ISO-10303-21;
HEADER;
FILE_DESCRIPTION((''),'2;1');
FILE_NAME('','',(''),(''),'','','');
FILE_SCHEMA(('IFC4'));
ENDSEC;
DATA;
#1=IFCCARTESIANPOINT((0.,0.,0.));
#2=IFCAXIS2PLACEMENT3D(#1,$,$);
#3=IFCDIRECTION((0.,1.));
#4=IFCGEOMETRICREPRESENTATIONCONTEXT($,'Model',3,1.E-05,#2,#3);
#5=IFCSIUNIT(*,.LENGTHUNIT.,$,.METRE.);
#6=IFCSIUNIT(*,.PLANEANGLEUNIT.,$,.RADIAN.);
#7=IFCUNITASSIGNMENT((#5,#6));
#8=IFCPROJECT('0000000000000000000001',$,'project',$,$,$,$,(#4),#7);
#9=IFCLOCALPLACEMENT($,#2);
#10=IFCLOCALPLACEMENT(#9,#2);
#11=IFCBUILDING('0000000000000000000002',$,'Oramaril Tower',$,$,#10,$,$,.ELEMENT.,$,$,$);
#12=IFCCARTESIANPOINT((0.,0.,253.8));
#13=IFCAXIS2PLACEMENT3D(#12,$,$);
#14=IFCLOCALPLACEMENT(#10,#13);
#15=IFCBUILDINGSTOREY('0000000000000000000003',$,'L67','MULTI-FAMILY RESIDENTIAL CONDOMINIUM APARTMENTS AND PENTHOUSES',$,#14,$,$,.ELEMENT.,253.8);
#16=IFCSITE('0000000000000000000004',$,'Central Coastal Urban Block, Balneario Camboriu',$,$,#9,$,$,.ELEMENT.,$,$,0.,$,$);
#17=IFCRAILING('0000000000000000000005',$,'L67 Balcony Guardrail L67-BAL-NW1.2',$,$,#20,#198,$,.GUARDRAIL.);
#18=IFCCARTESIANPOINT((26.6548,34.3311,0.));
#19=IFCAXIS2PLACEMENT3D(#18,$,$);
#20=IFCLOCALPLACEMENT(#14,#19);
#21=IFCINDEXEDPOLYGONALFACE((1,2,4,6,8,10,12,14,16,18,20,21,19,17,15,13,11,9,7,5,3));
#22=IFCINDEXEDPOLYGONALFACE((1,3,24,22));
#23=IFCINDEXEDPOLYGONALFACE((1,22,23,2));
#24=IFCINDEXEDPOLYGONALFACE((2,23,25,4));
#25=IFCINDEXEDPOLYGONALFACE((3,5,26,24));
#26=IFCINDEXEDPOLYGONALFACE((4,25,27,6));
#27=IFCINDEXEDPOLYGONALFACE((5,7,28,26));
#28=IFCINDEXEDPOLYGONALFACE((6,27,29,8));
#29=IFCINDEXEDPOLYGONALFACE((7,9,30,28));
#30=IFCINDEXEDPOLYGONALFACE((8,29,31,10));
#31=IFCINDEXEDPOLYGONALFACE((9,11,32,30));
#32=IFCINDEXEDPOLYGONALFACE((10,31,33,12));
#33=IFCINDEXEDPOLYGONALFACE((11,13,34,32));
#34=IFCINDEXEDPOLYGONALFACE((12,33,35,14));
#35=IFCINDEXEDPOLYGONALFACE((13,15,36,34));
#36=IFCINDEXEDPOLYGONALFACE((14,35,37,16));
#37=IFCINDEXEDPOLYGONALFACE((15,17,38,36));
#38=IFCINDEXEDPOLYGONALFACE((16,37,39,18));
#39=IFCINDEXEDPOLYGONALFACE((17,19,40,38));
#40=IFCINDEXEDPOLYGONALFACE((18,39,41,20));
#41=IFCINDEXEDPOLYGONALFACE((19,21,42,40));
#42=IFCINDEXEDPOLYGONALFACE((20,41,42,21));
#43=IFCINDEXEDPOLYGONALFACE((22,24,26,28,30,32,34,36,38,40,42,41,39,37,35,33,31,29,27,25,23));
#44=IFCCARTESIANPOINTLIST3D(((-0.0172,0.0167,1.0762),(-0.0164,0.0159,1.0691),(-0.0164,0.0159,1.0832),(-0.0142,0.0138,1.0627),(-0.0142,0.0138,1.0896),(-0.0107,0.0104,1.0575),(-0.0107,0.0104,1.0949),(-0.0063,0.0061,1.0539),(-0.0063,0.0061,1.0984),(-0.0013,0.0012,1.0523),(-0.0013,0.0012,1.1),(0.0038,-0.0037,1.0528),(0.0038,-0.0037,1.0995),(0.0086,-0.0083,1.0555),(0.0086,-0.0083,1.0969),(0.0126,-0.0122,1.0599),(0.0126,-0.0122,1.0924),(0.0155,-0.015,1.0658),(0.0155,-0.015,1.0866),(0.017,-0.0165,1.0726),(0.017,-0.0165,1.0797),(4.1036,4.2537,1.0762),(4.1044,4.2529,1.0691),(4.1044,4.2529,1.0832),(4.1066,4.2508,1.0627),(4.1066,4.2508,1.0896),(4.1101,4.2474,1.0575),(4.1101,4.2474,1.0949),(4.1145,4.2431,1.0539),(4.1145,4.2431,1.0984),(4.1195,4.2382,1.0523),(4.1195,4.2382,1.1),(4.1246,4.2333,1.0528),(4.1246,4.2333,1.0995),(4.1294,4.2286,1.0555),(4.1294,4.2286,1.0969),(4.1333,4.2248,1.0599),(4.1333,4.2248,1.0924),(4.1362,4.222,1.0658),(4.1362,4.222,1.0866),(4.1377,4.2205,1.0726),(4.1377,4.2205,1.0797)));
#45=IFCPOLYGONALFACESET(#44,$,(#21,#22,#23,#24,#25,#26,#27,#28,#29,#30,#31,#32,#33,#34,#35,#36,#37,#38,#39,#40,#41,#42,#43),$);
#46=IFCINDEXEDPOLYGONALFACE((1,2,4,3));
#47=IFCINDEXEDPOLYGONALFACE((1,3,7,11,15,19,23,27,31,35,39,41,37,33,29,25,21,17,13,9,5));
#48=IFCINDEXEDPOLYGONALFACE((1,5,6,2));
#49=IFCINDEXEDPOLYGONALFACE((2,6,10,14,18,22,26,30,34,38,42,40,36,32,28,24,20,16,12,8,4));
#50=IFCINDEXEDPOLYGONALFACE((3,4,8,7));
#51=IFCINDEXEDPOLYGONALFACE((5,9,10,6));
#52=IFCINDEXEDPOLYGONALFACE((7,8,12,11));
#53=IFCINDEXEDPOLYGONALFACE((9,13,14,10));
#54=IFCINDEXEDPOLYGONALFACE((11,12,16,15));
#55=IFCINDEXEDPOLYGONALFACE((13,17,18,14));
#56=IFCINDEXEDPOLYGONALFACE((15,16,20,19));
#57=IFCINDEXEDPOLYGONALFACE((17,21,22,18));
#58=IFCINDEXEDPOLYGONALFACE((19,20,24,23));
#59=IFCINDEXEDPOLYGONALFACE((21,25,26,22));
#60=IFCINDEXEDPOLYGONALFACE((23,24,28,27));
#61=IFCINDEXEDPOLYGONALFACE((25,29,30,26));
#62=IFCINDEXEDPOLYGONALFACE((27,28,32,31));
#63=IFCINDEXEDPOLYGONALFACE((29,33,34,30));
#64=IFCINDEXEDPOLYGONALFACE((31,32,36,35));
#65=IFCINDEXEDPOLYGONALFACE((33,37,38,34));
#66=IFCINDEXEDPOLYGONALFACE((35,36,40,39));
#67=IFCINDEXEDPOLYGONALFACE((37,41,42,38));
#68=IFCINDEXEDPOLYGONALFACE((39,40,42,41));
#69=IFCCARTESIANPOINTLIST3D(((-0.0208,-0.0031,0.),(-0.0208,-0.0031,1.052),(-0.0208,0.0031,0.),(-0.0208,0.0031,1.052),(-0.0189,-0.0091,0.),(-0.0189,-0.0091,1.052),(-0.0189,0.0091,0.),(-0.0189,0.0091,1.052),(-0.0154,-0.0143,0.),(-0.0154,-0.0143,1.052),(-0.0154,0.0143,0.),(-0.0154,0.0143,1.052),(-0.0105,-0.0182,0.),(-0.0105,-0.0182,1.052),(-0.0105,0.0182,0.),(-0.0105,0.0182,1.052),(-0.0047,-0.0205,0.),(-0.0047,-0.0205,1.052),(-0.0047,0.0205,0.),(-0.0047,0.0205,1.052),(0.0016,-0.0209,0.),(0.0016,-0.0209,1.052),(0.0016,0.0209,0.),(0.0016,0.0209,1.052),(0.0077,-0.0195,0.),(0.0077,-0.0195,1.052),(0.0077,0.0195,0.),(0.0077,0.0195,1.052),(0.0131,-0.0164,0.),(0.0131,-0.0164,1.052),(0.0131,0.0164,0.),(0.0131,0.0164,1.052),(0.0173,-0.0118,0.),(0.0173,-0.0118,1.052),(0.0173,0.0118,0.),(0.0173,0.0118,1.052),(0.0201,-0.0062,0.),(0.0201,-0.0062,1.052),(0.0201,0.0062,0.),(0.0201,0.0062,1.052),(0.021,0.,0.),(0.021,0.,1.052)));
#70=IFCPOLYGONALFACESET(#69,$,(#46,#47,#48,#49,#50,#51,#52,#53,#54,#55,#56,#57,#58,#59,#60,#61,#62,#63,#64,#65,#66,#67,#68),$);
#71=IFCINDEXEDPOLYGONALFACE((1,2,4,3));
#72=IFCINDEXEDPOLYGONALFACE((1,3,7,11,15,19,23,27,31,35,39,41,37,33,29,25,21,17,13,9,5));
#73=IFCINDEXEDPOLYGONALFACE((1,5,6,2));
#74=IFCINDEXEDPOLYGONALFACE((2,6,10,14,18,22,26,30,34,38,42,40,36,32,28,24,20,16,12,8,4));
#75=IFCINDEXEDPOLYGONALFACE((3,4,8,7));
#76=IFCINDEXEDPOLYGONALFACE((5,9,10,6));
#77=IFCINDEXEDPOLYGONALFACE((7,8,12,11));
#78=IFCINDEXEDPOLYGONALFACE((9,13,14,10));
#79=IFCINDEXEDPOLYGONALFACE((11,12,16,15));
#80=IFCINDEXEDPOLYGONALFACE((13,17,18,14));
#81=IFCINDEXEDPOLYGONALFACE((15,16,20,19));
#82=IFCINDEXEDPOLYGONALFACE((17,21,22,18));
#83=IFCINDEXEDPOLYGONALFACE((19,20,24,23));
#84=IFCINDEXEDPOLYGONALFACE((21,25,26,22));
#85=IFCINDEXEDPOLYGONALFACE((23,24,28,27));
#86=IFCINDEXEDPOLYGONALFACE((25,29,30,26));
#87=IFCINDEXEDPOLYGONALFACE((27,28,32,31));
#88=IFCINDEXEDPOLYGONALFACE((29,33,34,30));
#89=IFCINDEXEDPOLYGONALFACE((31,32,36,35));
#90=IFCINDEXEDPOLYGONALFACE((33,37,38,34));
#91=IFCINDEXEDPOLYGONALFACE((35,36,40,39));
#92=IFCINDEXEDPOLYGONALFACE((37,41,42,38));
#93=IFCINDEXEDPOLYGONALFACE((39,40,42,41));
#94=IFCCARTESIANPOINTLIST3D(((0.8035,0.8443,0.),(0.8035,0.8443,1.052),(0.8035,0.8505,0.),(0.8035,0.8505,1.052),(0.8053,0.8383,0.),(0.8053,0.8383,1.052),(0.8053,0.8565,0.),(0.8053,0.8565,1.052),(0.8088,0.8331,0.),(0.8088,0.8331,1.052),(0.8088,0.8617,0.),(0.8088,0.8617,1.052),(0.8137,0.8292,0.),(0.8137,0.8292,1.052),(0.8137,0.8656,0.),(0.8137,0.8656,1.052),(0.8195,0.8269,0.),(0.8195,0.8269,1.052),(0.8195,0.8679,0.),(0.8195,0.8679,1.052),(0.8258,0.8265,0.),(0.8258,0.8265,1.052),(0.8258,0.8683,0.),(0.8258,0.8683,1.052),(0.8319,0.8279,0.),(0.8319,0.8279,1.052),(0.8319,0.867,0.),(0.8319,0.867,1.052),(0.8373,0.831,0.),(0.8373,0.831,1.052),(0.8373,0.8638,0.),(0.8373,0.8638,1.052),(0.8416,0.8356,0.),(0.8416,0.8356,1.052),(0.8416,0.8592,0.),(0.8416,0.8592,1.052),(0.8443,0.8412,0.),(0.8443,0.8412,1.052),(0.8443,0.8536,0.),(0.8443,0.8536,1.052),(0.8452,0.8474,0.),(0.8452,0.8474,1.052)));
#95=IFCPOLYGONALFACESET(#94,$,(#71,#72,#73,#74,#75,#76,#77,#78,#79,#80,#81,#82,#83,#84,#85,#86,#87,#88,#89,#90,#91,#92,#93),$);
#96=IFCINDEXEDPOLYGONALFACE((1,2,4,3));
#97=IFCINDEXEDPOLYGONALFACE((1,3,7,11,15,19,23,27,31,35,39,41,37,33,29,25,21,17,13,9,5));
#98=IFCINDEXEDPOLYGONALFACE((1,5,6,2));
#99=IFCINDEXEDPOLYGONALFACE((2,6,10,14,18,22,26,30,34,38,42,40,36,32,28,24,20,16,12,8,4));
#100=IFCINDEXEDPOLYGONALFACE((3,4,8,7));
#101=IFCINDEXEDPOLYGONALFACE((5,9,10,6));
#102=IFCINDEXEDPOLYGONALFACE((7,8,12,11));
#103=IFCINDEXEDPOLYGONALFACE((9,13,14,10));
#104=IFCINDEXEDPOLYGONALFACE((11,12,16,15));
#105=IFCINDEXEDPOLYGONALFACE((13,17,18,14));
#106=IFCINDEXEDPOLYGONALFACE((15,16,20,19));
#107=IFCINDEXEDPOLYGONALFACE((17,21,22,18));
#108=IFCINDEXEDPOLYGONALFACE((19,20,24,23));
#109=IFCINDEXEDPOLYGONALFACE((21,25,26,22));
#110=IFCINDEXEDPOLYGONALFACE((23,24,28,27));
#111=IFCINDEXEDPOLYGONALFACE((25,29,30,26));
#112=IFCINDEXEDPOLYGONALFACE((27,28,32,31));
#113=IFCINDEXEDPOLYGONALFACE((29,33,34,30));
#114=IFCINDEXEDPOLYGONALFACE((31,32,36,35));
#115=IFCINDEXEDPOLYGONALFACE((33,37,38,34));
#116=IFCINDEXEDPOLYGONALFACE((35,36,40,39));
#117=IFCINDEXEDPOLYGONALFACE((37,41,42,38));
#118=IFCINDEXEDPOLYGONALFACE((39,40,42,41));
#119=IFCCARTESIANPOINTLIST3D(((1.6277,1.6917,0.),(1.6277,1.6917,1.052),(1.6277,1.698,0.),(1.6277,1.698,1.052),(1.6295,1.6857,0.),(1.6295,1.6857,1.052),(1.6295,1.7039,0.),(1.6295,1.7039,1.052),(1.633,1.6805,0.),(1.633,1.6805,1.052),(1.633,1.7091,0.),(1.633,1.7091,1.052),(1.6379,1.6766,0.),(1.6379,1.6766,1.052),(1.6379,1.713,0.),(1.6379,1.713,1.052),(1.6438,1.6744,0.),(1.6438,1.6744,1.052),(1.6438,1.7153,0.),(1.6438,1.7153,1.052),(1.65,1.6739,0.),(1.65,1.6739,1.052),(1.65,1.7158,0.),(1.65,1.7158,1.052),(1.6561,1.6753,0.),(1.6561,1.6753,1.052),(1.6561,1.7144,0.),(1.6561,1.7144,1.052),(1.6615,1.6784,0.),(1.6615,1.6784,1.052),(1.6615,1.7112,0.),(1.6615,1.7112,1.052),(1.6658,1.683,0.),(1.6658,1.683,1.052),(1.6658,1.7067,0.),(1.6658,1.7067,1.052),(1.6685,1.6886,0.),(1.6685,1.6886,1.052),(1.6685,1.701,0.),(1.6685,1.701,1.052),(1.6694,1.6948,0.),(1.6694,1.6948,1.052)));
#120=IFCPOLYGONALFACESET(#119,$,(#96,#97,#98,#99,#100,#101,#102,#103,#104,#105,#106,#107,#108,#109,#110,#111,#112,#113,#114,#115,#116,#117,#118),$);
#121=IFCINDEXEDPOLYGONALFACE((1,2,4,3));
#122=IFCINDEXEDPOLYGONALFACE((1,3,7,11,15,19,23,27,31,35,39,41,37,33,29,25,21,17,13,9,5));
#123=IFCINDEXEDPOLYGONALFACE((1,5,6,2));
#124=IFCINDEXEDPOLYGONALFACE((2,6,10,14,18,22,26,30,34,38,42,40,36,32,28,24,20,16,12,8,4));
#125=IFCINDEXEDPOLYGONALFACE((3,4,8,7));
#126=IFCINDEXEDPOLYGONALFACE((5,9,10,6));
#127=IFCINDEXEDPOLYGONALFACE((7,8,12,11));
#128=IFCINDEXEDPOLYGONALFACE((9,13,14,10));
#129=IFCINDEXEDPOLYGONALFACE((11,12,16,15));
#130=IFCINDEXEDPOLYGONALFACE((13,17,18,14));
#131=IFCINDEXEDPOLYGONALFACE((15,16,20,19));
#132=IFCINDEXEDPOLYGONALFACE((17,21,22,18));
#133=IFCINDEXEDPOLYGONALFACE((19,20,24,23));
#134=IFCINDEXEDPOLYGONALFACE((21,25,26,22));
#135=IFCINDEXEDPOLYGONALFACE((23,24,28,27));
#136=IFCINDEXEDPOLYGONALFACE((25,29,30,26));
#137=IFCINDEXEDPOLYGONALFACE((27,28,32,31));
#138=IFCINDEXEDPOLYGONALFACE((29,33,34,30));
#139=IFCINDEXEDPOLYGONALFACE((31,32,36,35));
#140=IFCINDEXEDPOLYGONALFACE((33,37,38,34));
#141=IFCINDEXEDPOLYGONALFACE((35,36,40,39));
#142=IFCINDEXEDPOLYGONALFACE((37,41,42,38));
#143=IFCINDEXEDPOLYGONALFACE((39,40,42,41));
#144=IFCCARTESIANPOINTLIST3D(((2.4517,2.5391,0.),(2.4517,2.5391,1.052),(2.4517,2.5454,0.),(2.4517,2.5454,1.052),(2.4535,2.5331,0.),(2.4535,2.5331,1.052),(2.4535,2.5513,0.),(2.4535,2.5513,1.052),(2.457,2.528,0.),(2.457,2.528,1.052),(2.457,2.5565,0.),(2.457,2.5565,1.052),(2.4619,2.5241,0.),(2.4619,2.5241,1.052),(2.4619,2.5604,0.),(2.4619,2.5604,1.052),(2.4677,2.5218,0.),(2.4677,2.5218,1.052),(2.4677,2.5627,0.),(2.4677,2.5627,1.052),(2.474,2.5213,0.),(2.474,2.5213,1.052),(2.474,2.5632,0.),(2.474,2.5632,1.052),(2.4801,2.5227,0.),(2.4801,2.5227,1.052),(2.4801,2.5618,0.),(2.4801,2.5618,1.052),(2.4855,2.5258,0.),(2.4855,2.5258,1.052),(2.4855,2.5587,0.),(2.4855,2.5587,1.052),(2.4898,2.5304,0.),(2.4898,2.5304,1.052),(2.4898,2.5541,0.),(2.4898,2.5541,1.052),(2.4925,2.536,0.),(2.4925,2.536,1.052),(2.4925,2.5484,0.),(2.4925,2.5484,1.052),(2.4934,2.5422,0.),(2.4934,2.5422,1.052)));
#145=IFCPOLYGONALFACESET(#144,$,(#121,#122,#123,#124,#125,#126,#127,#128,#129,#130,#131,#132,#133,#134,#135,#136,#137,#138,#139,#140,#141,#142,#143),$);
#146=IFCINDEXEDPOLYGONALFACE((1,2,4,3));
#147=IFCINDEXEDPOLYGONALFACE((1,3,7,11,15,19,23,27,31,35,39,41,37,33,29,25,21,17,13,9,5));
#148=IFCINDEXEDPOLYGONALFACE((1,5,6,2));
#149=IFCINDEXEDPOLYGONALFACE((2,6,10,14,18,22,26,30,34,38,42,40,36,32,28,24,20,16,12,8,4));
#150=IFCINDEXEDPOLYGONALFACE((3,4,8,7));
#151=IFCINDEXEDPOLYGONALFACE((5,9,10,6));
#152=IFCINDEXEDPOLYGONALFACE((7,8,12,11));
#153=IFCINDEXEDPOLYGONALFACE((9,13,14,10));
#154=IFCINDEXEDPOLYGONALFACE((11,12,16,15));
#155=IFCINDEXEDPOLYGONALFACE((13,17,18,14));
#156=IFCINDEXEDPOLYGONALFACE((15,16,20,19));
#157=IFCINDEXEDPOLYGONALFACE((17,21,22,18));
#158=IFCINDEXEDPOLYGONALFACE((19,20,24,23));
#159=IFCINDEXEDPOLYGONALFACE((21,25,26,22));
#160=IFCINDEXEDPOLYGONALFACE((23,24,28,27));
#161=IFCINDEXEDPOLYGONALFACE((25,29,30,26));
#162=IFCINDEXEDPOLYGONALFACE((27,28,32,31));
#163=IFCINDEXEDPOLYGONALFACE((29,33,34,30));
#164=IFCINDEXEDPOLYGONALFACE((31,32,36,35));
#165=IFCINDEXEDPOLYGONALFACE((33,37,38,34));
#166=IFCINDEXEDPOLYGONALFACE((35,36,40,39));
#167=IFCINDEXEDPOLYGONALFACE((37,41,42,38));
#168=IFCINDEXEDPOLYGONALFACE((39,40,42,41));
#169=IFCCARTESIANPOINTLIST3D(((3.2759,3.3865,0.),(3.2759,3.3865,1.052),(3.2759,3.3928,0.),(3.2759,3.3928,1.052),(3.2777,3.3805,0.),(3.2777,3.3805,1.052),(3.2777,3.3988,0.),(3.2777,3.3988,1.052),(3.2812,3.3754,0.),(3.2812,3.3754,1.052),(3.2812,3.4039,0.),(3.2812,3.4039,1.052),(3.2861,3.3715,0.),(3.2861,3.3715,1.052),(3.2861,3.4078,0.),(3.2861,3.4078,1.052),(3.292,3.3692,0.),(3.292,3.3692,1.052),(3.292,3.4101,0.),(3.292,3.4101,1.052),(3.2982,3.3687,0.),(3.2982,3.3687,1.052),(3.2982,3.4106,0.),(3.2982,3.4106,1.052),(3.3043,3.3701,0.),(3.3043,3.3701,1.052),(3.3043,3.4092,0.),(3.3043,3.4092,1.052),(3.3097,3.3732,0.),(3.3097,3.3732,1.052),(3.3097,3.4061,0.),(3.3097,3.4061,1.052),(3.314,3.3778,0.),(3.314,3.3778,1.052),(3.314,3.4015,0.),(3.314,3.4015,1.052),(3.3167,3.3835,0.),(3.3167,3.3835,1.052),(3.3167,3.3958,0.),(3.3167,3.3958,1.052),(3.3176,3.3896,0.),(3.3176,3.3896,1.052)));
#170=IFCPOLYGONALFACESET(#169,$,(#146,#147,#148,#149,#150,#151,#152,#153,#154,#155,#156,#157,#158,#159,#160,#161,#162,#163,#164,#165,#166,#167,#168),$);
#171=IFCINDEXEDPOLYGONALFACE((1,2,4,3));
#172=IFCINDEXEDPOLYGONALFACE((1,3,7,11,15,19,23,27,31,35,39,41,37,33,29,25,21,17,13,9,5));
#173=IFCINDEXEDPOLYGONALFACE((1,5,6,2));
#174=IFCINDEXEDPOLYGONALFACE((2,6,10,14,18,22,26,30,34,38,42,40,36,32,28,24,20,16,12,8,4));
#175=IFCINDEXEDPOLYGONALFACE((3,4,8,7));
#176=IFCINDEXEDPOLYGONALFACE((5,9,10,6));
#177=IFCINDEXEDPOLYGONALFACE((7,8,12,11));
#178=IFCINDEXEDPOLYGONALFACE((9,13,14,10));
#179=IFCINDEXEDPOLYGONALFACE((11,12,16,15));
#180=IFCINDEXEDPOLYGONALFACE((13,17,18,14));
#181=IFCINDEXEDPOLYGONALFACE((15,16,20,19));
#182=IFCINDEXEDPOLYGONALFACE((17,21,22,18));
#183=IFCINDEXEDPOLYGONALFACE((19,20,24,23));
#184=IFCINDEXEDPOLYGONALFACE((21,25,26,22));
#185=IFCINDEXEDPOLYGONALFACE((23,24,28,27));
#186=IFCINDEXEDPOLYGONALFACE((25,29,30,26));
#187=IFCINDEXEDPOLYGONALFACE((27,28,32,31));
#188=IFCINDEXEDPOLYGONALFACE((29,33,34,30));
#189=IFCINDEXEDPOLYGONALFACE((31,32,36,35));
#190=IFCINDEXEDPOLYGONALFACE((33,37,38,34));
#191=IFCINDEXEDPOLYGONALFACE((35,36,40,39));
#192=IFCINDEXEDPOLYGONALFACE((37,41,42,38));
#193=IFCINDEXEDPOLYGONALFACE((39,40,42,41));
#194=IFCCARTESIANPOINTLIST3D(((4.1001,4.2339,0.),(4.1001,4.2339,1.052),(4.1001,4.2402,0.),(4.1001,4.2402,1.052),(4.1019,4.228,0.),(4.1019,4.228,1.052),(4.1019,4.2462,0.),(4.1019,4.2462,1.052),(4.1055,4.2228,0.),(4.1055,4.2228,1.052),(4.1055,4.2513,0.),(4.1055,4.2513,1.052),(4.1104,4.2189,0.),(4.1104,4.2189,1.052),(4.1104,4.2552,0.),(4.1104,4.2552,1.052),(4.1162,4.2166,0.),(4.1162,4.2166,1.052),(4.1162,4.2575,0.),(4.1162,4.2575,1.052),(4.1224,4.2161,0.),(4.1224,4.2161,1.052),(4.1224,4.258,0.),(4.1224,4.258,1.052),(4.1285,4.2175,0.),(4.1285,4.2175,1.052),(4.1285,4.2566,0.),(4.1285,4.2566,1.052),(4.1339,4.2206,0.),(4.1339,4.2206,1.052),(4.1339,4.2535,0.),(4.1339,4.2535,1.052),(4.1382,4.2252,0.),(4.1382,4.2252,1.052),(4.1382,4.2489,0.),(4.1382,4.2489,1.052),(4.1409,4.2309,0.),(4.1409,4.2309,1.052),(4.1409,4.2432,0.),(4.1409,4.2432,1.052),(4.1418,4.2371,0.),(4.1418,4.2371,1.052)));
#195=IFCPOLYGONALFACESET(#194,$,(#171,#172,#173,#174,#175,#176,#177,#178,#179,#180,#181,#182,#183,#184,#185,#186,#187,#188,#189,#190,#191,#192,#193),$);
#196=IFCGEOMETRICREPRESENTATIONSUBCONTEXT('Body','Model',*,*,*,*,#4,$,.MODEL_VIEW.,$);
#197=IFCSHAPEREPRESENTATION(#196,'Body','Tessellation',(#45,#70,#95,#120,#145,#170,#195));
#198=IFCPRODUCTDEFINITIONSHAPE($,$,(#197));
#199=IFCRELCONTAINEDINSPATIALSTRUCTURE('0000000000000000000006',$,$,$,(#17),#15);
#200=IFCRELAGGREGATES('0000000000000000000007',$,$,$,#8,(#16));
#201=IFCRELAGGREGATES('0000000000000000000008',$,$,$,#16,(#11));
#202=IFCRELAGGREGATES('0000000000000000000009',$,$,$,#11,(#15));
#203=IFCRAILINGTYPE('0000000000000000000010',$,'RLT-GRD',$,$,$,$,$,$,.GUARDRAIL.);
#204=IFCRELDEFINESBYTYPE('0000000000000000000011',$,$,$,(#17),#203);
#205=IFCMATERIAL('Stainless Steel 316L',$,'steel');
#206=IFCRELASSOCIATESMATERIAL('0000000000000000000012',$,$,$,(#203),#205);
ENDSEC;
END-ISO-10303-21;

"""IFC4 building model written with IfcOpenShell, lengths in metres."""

from ifc_helpers import new_model, si_unit, direction, frame, origin, origin_2d, place, context, subcontext, project, spatial, circle, extrude, material, type_object, element, save


model = new_model("IFC4")

# Units and contexts
model_context = context("Model", 3, precision=1e-05, world=origin(), true_north=direction((0.0, 1.0)))
body_context = subcontext(model_context, "Body", "Model", "MODEL_VIEW")
ifc_project = project(units=[si_unit("LENGTHUNIT", "METRE"), si_unit("PLANEANGLEUNIT", "RADIAN")], contexts=[model_context])

# Site, building, storey
site_placement = place(None, origin())
site = spatial("IfcSite", under=ifc_project, at=site_placement, Name="Central Coastal Urban Block, Balneario Camboriu", CompositionType="ELEMENT", RefElevation=0.0)
building_placement = place(site_placement, origin())
building = spatial("IfcBuilding", under=site, at=building_placement, Name="Oramaril Tower", CompositionType="ELEMENT")
storey_placement = place(building_placement, frame((0.0, 0.0, 253.8)))
storey = spatial("IfcBuildingStorey", under=building, at=storey_placement, Name="L67", Description="MULTI-FAMILY RESIDENTIAL CONDOMINIUM APARTMENTS AND PENTHOUSES", CompositionType="ELEMENT", Elevation=253.8)

# Railing
ifc_material_1 = material(Name="Stainless Steel 316L", Category="steel")
railing_type = type_object("IfcRailingType", Name="RLT-GRD", PredefinedType="GUARDRAIL", material=ifc_material_1)
railing_1_placement = place(storey_placement, frame((26.6548, 34.3311, 0.0)))
element("IfcRailing", 1, at=railing_1_placement, inside=storey, type_object=railing_type, Name="L67 Balcony Guardrail L67-BAL-NW1.2", PredefinedType="GUARDRAIL", context=body_context, shape_type="SweptSolid", body=[
    extrude(circle(Radius=0.0239, at=origin_2d()), frame((0.0, 0.0, 1.0762), z_axis=(0.697208, 0.716869, 0.0), x_axis=(-0.716869, 0.697208, 0.0)), (0.0, 0.0, 1.0), 5.9104),
    extrude(circle(Radius=0.021, at=origin_2d()), origin(), (0.0, 0.0, 1.0), 1.052),
    extrude(circle(Radius=0.021, at=origin_2d()), frame((0.8242, 0.8474, 0.0)), (0.0, 0.0, 1.0), 1.052),
    extrude(circle(Radius=0.021, at=origin_2d()), frame((1.6484, 1.6948, 0.0)), (0.0, 0.0, 1.0), 1.052),
    extrude(circle(Radius=0.021, at=origin_2d()), frame((2.4724, 2.5422, 0.0)), (0.0, 0.0, 1.0), 1.052),
    extrude(circle(Radius=0.021, at=origin_2d()), frame((3.2966, 3.3896, 0.0)), (0.0, 0.0, 1.0), 1.052),
    extrude(circle(Radius=0.021, at=origin_2d()), frame((4.1208, 4.2371, 0.0)), (0.0, 0.0, 1.0), 1.052),
])

save(model, "model.ifc")
